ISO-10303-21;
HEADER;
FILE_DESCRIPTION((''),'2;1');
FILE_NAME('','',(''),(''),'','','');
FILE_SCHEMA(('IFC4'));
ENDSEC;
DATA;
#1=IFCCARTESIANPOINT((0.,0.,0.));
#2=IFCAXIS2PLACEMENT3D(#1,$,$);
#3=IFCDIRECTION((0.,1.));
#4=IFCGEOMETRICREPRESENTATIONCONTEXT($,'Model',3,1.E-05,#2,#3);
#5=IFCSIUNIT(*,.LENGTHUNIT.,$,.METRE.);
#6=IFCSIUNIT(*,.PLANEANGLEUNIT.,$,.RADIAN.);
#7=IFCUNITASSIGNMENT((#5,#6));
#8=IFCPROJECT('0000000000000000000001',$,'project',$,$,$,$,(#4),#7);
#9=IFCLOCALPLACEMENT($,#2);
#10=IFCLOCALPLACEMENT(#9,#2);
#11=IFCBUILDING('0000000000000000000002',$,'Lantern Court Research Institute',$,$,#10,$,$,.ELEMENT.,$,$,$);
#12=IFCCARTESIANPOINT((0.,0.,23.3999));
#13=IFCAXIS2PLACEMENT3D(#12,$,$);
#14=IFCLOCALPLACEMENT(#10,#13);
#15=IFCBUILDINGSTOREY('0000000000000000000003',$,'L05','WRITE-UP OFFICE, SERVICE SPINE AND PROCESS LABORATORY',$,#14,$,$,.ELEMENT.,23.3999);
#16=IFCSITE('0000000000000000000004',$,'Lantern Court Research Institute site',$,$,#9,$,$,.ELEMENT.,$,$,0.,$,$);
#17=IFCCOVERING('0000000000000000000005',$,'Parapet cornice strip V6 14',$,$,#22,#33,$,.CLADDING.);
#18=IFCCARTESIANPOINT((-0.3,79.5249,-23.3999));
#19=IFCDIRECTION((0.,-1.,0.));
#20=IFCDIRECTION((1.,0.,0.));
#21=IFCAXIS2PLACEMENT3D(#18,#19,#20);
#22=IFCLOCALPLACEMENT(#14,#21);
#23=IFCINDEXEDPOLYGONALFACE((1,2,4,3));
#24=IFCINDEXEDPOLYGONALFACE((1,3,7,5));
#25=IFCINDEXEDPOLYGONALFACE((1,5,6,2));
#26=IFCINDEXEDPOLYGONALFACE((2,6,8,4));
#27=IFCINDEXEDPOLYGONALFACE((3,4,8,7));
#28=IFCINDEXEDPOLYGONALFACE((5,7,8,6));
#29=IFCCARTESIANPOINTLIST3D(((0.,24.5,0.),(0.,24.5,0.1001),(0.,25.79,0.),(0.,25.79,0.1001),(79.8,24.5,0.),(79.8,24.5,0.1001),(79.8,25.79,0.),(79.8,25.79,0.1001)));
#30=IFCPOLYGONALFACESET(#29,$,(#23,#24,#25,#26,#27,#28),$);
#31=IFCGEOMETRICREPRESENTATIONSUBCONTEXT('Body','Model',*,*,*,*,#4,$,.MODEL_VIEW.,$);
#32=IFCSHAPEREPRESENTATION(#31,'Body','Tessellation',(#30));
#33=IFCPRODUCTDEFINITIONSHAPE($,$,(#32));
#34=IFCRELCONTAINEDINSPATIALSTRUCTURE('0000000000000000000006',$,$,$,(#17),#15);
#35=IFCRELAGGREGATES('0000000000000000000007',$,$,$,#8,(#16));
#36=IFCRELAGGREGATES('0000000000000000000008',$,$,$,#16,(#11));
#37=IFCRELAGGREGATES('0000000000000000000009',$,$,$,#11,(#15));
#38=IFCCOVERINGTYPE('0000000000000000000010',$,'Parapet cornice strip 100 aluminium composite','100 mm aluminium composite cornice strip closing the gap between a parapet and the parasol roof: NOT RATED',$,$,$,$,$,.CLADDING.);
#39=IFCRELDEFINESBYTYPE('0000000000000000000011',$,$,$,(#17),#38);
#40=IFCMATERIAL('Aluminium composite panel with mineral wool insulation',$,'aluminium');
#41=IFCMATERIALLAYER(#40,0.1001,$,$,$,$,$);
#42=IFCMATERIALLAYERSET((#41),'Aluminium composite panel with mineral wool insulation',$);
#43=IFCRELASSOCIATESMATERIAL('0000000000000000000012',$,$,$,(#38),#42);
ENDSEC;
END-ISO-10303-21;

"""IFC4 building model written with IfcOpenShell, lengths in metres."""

from ifc_helpers import new_model, si_unit, direction, frame, origin, place, context, subcontext, project, spatial, polyline, outline, extrude, material, layer, layer_set, type_object, element, save


model = new_model("IFC4")

# Units and contexts
model_context = context("Model", 3, precision=1e-05, world=origin(), true_north=direction((0.0, 1.0)))
body_context = subcontext(model_context, "Body", "Model", "MODEL_VIEW")
ifc_project = project(units=[si_unit("LENGTHUNIT", "METRE"), si_unit("PLANEANGLEUNIT", "RADIAN")], contexts=[model_context])

# Site, building, storey
site_placement = place(None, origin())
site = spatial("IfcSite", under=ifc_project, at=site_placement, Name="Lantern Court Research Institute site", CompositionType="ELEMENT", RefElevation=0.0)
building_placement = place(site_placement, origin())
building = spatial("IfcBuilding", under=site, at=building_placement, Name="Lantern Court Research Institute", CompositionType="ELEMENT")
storey_placement = place(building_placement, frame((0.0, 0.0, 23.3999)))
storey = spatial("IfcBuildingStorey", under=building, at=storey_placement, Name="L05", Description="WRITE-UP OFFICE, SERVICE SPINE AND PROCESS LABORATORY", CompositionType="ELEMENT", Elevation=23.3999)

# Covering
ifc_material_1 = material(Name="Aluminium composite panel with mineral wool insulation", Category="aluminium")
ifc_layer_1 = layer(ifc_material_1, 0.1001)
ifc_layer_set_1 = layer_set([ifc_layer_1], Name="Aluminium composite panel with mineral wool insulation")
covering_type_1 = type_object("IfcCoveringType", Name="Parapet cornice strip 100 aluminium composite", Description="100 mm aluminium composite cornice strip closing the gap between a parapet and the parasol roof: NOT RATED", PredefinedType="CLADDING", material=ifc_layer_set_1)
covering_1_placement = place(storey_placement, frame((-0.3, 79.5249, -23.3999), z_axis=(0.0, -1.0, 0.0), x_axis=(1.0, 0.0, 0.0)))
element("IfcCovering", 1, at=covering_1_placement, inside=storey, type_object=covering_type_1, Name="Parapet cornice strip V6 14", PredefinedType="CLADDING", context=body_context, shape_type="SweptSolid", body=[
    extrude(outline(polyline([(0.0, 24.5), (79.8, 24.5), (79.8, 25.79), (0.0, 25.79), (0.0, 24.5)])), origin(), (0.0, 0.0, 1.0), 0.1001),
])

save(model, "model.ifc")
